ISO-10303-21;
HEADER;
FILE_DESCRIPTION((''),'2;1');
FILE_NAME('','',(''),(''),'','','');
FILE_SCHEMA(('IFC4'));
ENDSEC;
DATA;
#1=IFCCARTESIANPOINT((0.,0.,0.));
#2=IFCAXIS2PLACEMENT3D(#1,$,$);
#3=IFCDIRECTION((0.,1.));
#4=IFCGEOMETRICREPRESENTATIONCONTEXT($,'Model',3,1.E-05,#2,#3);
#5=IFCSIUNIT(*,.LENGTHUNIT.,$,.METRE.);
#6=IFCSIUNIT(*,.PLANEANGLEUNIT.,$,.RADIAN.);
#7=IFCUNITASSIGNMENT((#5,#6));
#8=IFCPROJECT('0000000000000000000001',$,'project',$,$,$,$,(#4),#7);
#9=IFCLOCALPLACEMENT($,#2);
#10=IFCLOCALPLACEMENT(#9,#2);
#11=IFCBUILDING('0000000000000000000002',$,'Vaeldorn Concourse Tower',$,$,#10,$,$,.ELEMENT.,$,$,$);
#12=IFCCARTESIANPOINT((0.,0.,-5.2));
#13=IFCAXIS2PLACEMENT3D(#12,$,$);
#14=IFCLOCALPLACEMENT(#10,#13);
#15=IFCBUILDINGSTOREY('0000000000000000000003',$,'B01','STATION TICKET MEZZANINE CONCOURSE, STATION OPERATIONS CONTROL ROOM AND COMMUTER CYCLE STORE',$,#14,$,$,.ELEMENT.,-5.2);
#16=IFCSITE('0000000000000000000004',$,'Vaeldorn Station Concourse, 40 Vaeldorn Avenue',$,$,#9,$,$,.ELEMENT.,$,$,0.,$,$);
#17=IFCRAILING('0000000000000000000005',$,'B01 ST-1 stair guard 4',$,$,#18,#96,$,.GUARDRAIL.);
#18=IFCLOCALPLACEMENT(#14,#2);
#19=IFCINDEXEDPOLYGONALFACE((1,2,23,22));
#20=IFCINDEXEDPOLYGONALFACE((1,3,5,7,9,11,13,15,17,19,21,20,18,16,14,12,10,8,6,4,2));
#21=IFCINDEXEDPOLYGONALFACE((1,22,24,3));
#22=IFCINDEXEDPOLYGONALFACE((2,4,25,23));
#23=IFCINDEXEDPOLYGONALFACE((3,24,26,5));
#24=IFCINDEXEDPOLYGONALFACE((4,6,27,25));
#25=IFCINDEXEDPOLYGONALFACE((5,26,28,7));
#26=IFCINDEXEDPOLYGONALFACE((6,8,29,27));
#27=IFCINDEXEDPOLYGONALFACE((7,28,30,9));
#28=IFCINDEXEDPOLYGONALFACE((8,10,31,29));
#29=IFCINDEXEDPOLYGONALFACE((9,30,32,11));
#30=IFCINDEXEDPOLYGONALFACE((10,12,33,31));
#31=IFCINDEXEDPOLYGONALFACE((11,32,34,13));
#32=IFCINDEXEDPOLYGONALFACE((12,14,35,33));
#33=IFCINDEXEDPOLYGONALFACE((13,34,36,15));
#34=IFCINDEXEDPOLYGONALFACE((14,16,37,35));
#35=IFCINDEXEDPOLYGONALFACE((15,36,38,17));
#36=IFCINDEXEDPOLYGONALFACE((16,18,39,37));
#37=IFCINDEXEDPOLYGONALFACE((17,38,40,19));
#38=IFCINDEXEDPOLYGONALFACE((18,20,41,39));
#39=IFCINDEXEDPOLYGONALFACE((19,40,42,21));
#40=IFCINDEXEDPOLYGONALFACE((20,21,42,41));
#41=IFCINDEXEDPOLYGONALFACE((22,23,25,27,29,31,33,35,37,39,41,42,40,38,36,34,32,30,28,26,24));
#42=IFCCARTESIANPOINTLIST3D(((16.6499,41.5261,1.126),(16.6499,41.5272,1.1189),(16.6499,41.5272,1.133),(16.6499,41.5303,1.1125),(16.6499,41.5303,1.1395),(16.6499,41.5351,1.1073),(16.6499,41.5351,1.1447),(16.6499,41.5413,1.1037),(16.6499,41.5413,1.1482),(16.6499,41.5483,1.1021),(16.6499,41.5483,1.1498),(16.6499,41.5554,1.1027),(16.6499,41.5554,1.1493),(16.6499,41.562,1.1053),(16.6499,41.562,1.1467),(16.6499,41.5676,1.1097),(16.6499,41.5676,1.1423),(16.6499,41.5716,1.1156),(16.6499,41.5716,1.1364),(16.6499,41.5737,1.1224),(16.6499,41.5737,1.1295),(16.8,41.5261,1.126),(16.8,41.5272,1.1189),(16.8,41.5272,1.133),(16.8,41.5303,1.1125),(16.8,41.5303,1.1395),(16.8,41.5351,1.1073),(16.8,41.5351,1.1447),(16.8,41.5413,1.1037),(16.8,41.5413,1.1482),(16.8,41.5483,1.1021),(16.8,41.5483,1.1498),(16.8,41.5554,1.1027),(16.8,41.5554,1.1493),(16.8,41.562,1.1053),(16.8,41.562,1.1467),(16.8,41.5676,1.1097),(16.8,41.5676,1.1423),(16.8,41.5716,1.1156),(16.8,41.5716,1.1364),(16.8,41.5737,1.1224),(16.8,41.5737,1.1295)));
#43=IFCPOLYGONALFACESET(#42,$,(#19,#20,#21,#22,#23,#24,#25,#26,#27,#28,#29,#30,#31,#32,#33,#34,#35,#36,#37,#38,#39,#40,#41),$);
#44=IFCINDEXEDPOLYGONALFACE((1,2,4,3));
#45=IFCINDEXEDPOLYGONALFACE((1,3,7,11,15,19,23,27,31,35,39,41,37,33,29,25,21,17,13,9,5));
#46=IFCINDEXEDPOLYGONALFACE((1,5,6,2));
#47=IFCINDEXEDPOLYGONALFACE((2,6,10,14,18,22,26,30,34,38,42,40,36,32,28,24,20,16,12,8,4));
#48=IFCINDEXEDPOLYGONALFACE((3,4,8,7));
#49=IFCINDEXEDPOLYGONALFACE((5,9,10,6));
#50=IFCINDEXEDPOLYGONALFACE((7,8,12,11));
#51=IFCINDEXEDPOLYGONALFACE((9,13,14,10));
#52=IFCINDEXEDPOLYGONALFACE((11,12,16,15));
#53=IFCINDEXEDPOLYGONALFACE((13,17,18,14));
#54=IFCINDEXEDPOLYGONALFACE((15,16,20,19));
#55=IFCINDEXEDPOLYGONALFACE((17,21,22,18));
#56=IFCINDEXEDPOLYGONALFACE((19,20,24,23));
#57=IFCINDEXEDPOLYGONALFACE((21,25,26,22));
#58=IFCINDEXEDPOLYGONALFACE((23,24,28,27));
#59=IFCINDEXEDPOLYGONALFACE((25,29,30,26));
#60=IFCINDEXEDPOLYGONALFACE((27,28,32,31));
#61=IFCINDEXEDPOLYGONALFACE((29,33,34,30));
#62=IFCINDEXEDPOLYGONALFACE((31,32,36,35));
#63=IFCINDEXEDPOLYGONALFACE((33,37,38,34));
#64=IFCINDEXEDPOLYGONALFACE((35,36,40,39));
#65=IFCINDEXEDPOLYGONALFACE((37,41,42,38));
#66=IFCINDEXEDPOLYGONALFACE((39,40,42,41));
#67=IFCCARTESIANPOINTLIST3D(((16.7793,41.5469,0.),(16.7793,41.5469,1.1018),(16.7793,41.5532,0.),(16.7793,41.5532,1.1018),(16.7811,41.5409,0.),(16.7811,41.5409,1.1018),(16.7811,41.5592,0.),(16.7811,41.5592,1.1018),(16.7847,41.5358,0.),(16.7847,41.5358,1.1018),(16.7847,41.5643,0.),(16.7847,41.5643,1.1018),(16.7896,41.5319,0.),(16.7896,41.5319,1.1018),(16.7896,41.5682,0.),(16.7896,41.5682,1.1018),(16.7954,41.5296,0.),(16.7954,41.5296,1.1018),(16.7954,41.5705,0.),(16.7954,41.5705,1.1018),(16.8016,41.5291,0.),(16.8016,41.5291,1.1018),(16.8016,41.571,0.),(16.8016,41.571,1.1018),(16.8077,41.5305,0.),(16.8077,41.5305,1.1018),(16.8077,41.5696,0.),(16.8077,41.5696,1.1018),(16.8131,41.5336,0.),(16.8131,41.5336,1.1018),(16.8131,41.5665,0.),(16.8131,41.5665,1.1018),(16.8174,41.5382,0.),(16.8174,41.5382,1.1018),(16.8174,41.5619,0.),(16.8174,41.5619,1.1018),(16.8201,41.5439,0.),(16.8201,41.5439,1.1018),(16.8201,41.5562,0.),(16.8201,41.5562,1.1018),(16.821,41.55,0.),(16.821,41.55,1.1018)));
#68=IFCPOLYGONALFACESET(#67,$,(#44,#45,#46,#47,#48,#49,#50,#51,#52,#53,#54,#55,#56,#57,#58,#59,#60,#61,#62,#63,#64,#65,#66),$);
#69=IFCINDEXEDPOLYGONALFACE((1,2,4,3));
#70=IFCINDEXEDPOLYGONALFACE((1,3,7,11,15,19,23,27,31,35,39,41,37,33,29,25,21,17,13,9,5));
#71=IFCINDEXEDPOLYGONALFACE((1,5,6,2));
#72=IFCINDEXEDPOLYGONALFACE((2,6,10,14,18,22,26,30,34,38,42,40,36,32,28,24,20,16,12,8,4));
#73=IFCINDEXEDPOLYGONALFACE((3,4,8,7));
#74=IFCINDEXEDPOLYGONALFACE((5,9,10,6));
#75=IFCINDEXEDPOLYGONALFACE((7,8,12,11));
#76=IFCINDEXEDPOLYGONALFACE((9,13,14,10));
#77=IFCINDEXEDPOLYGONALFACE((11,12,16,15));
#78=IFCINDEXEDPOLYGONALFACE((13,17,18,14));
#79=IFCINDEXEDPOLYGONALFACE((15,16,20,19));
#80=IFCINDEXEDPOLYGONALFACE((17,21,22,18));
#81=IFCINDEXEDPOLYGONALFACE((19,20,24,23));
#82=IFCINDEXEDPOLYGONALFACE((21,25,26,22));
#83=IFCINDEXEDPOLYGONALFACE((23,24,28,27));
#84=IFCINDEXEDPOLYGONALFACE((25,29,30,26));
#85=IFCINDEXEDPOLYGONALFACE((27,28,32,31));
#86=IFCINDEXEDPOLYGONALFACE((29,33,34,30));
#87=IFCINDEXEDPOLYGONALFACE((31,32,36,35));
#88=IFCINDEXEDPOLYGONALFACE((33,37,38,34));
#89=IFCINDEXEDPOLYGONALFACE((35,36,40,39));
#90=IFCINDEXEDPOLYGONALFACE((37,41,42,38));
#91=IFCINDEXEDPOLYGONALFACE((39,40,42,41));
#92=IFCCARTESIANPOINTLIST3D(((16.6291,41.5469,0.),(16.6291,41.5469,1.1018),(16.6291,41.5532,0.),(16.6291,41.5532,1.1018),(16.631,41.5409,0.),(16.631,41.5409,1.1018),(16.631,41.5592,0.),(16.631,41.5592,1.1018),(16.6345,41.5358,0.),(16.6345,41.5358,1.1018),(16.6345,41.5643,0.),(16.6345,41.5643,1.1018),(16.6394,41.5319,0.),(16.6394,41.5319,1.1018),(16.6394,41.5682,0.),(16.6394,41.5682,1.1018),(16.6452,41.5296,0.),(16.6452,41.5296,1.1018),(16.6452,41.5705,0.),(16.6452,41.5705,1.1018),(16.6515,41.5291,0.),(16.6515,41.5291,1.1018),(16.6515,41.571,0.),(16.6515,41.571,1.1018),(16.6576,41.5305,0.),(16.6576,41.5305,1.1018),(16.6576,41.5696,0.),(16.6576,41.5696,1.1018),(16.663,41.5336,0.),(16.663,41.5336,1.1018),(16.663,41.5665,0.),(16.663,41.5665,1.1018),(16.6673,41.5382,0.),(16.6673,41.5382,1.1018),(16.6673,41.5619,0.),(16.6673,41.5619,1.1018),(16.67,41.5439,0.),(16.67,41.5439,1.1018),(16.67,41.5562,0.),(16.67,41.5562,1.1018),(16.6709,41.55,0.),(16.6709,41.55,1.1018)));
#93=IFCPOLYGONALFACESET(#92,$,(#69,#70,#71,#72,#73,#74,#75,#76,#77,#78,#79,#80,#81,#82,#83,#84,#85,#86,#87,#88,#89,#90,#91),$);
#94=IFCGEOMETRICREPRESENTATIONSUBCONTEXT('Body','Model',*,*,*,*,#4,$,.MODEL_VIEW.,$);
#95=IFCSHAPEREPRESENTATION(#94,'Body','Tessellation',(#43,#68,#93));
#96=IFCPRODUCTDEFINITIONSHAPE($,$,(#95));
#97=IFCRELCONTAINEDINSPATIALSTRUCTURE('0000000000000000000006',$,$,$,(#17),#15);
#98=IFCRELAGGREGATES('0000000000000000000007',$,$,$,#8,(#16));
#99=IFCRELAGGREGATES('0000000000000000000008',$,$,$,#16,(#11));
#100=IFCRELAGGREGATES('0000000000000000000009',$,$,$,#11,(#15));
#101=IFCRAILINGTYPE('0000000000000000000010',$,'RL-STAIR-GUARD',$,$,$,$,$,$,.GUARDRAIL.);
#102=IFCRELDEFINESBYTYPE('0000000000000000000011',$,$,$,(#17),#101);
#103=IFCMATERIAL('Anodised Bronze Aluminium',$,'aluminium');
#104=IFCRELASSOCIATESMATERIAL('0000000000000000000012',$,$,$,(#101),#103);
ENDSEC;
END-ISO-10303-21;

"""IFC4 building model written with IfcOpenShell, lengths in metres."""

from ifc_helpers import new_model, si_unit, direction, frame, origin, origin_2d, place, context, subcontext, project, spatial, circle, extrude, material, type_object, element, save


model = new_model("IFC4")

# Units and contexts
model_context = context("Model", 3, precision=1e-05, world=origin(), true_north=direction((0.0, 1.0)))
body_context = subcontext(model_context, "Body", "Model", "MODEL_VIEW")
ifc_project = project(units=[si_unit("LENGTHUNIT", "METRE"), si_unit("PLANEANGLEUNIT", "RADIAN")], contexts=[model_context])

# Site, building, storey
site_placement = place(None, origin())
site = spatial("IfcSite", under=ifc_project, at=site_placement, Name="Vaeldorn Station Concourse, 40 Vaeldorn Avenue", CompositionType="ELEMENT", RefElevation=0.0)
building_placement = place(site_placement, origin())
building = spatial("IfcBuilding", under=site, at=building_placement, Name="Vaeldorn Concourse Tower", CompositionType="ELEMENT")
storey_placement = place(building_placement, frame((0.0, 0.0, -5.2)))
storey = spatial("IfcBuildingStorey", under=building, at=storey_placement, Name="B01", Description="STATION TICKET MEZZANINE CONCOURSE, STATION OPERATIONS CONTROL ROOM AND COMMUTER CYCLE STORE", CompositionType="ELEMENT", Elevation=-5.2)

# Shared definitions
ifc_material_1 = material(Name="Anodised Bronze Aluminium", Category="aluminium")

# Railing
railing_type_1 = type_object("IfcRailingType", Name="RL-STAIR-GUARD", PredefinedType="GUARDRAIL", material=ifc_material_1)
railing_1_placement = place(storey_placement, frame((16.8, 41.55, 0.0)))
element("IfcRailing", 1, at=railing_1_placement, inside=storey, type_object=railing_type_1, Name="B01 ST-1 stair guard 4", PredefinedType="GUARDRAIL", context=body_context, shape_type="SweptSolid", body=[
    extrude(circle(Radius=0.0239, at=origin_2d()), frame((0.0, 0.0, 1.126), z_axis=(-1.0, 0.0, 0.0), x_axis=(0.0, -1.0, 0.0)), (0.0, 0.0, 1.0), 0.1501),
    extrude(circle(Radius=0.021, at=origin_2d()), origin(), (0.0, 0.0, 1.0), 1.1018),
    extrude(circle(Radius=0.021, at=origin_2d()), frame((-0.1501, 0.0, 0.0)), (0.0, 0.0, 1.0), 1.1018),
])

save(model, "model.ifc")
